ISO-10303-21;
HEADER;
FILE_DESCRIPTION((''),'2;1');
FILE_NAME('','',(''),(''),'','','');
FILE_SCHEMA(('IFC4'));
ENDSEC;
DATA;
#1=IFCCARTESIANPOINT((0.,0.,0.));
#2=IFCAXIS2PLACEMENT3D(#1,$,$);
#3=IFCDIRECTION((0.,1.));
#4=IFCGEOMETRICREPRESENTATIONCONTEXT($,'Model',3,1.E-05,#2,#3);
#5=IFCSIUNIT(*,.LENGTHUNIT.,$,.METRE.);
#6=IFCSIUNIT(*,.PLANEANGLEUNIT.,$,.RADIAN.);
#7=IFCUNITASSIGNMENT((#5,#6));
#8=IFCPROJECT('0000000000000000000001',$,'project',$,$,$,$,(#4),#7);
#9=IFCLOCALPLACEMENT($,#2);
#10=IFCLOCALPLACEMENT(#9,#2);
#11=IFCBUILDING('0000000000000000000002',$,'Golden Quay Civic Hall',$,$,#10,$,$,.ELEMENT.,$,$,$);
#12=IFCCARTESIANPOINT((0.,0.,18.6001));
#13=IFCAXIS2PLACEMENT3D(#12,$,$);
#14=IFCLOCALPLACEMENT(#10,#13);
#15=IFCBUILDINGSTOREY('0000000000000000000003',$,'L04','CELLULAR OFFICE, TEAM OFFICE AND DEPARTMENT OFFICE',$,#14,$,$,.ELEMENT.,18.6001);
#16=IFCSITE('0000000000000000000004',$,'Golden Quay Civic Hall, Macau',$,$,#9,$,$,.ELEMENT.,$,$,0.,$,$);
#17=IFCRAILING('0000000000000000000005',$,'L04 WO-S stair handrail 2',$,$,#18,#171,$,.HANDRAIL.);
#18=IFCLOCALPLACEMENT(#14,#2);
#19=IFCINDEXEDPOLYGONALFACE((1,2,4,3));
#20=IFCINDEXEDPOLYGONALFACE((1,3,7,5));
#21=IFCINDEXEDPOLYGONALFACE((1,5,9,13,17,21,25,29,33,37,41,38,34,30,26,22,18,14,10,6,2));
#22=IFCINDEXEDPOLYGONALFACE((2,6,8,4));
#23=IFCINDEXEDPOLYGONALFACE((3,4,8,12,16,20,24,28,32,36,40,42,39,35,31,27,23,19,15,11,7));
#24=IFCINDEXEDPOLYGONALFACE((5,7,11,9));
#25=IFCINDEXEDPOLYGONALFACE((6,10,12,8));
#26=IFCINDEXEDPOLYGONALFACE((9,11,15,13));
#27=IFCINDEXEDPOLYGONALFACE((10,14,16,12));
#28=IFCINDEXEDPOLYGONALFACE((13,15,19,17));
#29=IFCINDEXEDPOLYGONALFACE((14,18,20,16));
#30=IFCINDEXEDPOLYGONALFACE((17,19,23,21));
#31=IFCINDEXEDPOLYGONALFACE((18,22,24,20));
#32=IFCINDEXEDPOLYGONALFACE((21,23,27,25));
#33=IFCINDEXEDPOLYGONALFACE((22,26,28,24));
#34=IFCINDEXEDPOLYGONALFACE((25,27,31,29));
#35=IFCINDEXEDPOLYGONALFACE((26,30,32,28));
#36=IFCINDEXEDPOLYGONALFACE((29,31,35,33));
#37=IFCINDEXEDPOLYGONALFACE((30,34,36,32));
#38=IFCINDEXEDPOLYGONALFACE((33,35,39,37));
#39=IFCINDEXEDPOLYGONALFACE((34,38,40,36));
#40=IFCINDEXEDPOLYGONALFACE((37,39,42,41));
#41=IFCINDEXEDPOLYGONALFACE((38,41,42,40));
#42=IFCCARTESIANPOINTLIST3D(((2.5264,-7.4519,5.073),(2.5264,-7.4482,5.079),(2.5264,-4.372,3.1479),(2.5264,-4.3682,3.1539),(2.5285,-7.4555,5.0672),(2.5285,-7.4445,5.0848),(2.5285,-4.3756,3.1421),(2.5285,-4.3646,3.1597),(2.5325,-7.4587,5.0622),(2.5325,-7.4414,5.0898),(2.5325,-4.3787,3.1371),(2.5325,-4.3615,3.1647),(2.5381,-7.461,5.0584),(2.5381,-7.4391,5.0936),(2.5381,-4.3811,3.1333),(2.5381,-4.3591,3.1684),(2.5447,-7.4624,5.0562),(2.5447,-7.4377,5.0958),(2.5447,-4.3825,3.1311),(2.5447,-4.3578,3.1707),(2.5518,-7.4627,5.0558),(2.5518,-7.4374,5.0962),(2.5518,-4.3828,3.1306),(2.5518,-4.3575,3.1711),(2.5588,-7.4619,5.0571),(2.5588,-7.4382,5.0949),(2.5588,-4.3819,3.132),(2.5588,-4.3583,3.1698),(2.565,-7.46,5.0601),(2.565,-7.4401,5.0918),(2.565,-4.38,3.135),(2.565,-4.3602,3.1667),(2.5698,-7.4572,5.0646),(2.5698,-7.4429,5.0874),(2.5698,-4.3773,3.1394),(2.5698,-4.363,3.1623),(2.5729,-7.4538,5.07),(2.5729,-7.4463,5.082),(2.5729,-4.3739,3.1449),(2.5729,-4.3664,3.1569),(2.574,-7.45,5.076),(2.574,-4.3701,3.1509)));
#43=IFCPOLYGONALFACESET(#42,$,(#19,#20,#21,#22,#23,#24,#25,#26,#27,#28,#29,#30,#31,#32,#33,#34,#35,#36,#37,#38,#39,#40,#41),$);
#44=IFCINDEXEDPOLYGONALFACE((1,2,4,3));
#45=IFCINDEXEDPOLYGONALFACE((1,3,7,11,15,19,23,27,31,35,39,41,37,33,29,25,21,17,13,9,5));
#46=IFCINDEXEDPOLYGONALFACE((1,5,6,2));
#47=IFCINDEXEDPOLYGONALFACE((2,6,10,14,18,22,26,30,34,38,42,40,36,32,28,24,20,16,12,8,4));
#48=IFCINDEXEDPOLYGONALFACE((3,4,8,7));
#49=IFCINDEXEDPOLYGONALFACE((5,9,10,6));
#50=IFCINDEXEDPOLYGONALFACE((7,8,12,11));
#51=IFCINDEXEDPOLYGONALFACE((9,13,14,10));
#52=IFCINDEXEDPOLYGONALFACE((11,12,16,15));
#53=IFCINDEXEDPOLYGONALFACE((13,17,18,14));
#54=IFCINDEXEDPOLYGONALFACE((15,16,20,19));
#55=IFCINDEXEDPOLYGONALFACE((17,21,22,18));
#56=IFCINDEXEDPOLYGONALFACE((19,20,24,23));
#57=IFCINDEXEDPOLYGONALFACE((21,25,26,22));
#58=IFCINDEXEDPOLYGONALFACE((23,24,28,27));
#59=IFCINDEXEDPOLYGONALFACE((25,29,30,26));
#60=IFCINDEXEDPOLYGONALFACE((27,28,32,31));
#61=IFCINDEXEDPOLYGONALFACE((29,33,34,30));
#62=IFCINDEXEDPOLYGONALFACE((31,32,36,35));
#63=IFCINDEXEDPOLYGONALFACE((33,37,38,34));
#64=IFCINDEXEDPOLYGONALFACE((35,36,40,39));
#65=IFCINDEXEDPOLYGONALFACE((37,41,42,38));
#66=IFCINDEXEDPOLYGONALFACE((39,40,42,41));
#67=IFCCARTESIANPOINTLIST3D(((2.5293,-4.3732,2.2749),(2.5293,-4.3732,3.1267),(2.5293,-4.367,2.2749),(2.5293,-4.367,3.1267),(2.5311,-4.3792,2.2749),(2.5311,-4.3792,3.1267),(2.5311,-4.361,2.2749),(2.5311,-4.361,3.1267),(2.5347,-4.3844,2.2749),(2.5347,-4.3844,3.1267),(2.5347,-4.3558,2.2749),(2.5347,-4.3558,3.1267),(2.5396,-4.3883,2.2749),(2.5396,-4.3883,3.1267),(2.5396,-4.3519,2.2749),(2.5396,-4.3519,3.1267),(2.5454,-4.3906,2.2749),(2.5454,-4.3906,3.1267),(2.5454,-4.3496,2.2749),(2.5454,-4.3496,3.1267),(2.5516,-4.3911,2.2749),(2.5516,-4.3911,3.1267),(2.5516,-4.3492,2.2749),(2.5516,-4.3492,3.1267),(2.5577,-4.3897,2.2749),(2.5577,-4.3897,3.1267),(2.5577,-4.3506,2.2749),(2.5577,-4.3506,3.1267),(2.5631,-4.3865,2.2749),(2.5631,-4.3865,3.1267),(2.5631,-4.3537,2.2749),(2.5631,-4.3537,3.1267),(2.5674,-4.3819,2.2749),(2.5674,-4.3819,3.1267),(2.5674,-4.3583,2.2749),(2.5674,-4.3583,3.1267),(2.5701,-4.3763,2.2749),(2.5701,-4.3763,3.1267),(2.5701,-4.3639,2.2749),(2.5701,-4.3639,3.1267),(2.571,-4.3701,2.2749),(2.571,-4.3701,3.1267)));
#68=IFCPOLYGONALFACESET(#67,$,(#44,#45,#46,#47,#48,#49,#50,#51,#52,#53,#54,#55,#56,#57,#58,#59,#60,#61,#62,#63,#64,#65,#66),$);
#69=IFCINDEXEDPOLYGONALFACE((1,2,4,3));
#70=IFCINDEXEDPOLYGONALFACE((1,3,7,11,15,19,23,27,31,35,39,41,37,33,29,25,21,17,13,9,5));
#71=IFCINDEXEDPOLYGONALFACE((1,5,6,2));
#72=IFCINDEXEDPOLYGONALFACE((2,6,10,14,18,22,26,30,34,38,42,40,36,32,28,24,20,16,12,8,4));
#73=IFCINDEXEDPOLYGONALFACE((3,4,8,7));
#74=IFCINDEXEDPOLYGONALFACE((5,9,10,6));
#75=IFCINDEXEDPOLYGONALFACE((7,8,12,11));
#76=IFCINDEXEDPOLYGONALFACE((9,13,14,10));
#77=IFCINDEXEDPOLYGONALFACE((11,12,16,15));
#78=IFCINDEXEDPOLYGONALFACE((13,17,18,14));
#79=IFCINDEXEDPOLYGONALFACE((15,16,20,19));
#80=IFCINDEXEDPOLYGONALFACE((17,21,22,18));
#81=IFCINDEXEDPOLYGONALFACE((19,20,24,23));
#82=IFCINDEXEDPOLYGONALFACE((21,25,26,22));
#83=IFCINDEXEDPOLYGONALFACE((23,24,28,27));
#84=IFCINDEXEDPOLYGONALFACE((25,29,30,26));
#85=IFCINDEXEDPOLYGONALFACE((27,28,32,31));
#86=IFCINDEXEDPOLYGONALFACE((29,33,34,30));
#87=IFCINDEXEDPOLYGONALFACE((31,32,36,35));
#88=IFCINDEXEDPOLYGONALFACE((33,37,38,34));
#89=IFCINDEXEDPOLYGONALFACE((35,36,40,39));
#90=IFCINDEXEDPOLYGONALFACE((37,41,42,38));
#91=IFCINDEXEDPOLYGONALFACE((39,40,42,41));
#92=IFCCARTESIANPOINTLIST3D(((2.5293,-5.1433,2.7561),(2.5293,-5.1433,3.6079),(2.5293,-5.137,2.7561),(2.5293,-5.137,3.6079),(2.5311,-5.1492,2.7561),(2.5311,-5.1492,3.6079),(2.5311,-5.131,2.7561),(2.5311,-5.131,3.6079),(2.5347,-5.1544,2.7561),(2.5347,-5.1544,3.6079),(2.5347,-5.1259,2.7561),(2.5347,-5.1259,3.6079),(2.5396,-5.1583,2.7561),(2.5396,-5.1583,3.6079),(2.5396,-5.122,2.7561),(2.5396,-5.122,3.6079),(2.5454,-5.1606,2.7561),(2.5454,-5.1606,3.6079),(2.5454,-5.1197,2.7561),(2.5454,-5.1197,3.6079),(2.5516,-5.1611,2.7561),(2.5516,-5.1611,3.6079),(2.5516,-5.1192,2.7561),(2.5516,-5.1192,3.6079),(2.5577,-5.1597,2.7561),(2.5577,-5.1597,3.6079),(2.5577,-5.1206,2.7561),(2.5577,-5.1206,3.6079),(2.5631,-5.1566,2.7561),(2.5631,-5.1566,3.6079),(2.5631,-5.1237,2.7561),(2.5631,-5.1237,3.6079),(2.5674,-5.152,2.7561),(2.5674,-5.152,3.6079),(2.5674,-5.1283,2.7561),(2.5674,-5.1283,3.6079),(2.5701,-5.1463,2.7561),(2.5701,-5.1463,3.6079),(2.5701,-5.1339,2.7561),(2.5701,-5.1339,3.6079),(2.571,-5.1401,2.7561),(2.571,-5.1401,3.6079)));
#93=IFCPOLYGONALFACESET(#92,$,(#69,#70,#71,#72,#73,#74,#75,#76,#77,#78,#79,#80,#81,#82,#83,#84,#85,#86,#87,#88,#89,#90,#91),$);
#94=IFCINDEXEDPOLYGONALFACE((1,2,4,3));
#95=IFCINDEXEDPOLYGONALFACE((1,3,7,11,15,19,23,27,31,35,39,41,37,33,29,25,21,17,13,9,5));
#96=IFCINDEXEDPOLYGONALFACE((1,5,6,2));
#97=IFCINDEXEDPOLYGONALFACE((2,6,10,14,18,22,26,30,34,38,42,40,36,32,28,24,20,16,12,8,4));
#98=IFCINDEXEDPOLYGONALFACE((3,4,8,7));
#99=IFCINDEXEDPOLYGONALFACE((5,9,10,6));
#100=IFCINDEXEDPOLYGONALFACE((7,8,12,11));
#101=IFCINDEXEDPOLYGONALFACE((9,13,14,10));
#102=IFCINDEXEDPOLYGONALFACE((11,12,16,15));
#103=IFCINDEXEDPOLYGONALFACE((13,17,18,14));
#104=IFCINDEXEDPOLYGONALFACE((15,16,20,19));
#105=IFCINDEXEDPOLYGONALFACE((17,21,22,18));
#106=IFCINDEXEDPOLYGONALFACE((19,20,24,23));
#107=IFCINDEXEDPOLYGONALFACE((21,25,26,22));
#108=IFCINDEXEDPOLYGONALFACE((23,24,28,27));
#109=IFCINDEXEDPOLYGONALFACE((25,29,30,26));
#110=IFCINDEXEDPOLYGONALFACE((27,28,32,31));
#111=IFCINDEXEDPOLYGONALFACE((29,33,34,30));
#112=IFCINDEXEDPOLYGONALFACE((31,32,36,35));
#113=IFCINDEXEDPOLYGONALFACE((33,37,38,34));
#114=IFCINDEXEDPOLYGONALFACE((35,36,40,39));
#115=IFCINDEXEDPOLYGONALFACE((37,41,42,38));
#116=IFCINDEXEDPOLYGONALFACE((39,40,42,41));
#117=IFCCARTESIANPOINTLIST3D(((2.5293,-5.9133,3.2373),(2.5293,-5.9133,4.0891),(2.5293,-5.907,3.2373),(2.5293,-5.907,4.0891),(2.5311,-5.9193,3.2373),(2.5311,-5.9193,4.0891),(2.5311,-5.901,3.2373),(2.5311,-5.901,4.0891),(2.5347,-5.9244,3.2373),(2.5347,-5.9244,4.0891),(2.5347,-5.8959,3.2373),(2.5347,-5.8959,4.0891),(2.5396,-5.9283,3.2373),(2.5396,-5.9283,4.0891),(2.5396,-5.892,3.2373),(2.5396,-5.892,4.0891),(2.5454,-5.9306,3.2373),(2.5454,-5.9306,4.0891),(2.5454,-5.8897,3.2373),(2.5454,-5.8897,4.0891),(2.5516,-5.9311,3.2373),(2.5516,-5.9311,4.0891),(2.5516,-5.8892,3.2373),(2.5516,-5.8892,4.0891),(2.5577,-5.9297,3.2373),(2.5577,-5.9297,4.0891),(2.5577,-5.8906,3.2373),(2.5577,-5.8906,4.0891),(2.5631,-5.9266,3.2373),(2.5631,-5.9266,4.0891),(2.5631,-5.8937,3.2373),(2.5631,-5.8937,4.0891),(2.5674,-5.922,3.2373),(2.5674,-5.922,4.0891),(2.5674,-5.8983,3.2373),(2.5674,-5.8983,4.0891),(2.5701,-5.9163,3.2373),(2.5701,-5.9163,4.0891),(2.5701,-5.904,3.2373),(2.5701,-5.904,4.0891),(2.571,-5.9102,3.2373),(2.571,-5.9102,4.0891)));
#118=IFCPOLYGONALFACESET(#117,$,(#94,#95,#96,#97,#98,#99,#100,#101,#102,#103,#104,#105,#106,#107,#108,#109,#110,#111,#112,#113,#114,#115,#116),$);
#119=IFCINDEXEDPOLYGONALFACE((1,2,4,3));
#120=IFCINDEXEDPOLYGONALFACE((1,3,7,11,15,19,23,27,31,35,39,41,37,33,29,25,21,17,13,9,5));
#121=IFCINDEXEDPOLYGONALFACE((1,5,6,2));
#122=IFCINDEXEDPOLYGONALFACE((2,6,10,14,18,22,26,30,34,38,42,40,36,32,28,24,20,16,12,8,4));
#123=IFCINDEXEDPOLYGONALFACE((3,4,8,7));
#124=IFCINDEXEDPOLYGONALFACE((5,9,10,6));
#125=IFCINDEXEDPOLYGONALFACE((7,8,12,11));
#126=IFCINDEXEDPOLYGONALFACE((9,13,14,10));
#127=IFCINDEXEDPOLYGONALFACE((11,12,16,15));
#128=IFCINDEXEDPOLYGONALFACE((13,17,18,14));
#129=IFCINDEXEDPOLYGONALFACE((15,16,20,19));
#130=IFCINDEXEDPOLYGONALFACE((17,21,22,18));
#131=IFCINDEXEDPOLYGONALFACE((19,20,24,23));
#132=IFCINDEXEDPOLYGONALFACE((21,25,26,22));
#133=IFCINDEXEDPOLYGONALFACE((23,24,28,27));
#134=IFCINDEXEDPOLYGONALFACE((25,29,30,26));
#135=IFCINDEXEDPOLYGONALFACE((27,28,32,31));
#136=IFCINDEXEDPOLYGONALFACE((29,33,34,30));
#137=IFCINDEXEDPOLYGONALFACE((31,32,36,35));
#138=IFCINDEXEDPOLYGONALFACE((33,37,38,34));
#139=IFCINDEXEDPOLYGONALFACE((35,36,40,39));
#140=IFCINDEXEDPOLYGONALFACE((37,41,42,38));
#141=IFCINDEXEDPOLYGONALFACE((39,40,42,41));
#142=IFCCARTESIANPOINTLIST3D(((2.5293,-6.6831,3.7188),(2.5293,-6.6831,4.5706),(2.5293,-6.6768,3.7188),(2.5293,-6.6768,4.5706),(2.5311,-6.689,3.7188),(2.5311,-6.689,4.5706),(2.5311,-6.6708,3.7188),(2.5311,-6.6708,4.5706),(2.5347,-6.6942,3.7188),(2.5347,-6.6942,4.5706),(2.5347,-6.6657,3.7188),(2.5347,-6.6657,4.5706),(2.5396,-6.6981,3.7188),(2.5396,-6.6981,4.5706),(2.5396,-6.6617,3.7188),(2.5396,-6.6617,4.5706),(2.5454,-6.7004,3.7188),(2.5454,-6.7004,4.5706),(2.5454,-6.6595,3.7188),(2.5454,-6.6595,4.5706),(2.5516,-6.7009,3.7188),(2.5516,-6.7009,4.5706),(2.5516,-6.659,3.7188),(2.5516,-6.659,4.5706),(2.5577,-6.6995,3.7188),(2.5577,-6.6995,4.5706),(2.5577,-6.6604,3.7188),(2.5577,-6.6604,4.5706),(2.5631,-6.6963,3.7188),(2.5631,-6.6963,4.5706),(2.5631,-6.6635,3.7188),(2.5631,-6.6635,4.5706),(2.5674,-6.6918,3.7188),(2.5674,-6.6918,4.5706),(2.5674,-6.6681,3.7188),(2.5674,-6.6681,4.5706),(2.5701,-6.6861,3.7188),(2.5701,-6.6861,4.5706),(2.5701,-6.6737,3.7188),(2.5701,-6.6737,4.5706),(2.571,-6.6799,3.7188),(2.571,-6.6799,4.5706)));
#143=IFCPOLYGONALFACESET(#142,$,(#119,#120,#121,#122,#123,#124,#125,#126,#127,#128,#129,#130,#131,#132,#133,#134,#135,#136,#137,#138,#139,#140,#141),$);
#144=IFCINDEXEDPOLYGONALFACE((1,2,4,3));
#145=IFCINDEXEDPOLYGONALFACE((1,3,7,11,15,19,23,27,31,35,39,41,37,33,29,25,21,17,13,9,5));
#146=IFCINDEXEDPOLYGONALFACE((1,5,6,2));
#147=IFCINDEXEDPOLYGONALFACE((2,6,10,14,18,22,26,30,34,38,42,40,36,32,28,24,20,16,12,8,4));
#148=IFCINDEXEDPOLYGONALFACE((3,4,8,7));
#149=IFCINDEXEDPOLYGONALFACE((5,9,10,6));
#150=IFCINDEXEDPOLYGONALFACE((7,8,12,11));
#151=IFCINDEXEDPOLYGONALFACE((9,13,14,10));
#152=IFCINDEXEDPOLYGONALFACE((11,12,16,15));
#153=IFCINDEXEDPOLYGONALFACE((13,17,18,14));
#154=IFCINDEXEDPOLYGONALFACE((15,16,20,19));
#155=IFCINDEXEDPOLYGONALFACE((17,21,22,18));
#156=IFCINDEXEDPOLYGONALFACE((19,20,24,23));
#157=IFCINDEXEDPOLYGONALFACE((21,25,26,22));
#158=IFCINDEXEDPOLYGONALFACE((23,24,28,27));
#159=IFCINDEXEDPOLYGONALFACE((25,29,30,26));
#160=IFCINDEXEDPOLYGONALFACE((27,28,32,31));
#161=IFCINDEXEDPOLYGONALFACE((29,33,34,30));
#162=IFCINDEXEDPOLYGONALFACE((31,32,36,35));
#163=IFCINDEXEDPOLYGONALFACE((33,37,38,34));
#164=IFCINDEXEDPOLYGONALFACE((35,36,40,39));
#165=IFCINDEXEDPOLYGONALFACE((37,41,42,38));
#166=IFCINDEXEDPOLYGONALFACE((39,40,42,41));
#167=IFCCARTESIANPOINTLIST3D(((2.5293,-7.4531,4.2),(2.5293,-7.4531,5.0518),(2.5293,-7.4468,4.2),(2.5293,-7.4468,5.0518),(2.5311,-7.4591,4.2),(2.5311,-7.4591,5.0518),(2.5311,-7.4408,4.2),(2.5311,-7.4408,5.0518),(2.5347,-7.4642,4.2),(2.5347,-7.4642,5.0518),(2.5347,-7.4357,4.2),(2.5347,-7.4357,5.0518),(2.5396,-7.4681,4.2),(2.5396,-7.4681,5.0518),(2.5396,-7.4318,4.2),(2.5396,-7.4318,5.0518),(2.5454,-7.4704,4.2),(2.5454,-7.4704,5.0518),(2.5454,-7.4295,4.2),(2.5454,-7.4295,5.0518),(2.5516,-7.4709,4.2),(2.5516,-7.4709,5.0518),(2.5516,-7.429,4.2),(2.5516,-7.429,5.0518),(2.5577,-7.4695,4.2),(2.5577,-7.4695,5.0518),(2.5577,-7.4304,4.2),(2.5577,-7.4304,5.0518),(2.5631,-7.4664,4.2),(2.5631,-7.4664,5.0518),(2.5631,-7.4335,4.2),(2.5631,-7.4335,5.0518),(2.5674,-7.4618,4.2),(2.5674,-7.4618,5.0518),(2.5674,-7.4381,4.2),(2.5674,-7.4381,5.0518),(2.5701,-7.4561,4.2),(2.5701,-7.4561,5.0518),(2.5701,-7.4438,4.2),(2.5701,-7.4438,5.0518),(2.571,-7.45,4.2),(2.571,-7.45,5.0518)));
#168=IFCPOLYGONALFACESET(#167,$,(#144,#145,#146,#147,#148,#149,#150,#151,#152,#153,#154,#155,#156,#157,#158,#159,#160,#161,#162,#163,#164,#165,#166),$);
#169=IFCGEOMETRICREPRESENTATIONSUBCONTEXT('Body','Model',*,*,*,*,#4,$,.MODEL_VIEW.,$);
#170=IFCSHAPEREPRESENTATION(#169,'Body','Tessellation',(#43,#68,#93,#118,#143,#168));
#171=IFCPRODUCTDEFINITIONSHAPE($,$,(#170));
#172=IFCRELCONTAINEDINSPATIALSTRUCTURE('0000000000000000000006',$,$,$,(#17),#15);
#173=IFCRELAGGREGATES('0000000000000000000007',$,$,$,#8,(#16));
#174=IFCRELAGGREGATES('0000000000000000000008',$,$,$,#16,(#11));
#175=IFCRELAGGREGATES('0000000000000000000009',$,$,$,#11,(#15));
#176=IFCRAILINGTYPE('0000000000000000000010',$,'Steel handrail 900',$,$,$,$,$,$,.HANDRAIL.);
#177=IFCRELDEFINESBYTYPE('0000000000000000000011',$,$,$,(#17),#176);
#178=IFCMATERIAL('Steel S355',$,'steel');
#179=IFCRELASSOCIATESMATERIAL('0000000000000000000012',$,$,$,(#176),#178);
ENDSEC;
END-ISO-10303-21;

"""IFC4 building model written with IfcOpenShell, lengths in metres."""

from ifc_helpers import new_model, si_unit, direction, frame, origin, origin_2d, place, context, subcontext, project, spatial, circle, extrude, material, type_object, element, save


model = new_model("IFC4")

# Units and contexts
model_context = context("Model", 3, precision=1e-05, world=origin(), true_north=direction((0.0, 1.0)))
body_context = subcontext(model_context, "Body", "Model", "MODEL_VIEW")
ifc_project = project(units=[si_unit("LENGTHUNIT", "METRE"), si_unit("PLANEANGLEUNIT", "RADIAN")], contexts=[model_context])

# Site, building, storey
site_placement = place(None, origin())
site = spatial("IfcSite", under=ifc_project, at=site_placement, Name="Golden Quay Civic Hall, Macau", CompositionType="ELEMENT", RefElevation=0.0)
building_placement = place(site_placement, origin())
building = spatial("IfcBuilding", under=site, at=building_placement, Name="Golden Quay Civic Hall", CompositionType="ELEMENT")
storey_placement = place(building_placement, frame((0.0, 0.0, 18.6001)))
storey = spatial("IfcBuildingStorey", under=building, at=storey_placement, Name="L04", Description="CELLULAR OFFICE, TEAM OFFICE AND DEPARTMENT OFFICE", CompositionType="ELEMENT", Elevation=18.6001)

# Railing
ifc_material_1 = material(Name="Steel S355", Category="steel")
railing_type_1 = type_object("IfcRailingType", Name="Steel handrail 900", PredefinedType="HANDRAIL", material=ifc_material_1)
railing_1_placement = place(storey_placement, frame((2.55, -4.3701, 2.2749)))
element("IfcRailing", 1, at=railing_1_placement, inside=storey, type_object=railing_type_1, Name="L04 WO-S stair handrail 2", PredefinedType="HANDRAIL", context=body_context, shape_type="SweptSolid", body=[
    extrude(circle(Radius=0.0239, at=origin_2d()), frame((0.0, 0.0, 0.876), z_axis=(0.0, -0.847979, 0.530029), x_axis=(1.0, 0.0, 0.0)), (0.0, 0.0, 1.0), 3.6321),
    extrude(circle(Radius=0.021, at=origin_2d()), origin(), (0.0, 0.0, 1.0), 0.8518),
    extrude(circle(Radius=0.021, at=origin_2d()), frame((0.0, -0.77, 0.4812)), (0.0, 0.0, 1.0), 0.8518),
    extrude(circle(Radius=0.021, at=origin_2d()), frame((0.0, -1.54, 0.9624)), (0.0, 0.0, 1.0), 0.8518),
    extrude(circle(Radius=0.021, at=origin_2d()), frame((0.0, -2.3098, 1.4438)), (0.0, 0.0, 1.0), 0.8518),
    extrude(circle(Radius=0.021, at=origin_2d()), frame((0.0, -3.0798, 1.925)), (0.0, 0.0, 1.0), 0.8518),
])

save(model, "model.ifc")
